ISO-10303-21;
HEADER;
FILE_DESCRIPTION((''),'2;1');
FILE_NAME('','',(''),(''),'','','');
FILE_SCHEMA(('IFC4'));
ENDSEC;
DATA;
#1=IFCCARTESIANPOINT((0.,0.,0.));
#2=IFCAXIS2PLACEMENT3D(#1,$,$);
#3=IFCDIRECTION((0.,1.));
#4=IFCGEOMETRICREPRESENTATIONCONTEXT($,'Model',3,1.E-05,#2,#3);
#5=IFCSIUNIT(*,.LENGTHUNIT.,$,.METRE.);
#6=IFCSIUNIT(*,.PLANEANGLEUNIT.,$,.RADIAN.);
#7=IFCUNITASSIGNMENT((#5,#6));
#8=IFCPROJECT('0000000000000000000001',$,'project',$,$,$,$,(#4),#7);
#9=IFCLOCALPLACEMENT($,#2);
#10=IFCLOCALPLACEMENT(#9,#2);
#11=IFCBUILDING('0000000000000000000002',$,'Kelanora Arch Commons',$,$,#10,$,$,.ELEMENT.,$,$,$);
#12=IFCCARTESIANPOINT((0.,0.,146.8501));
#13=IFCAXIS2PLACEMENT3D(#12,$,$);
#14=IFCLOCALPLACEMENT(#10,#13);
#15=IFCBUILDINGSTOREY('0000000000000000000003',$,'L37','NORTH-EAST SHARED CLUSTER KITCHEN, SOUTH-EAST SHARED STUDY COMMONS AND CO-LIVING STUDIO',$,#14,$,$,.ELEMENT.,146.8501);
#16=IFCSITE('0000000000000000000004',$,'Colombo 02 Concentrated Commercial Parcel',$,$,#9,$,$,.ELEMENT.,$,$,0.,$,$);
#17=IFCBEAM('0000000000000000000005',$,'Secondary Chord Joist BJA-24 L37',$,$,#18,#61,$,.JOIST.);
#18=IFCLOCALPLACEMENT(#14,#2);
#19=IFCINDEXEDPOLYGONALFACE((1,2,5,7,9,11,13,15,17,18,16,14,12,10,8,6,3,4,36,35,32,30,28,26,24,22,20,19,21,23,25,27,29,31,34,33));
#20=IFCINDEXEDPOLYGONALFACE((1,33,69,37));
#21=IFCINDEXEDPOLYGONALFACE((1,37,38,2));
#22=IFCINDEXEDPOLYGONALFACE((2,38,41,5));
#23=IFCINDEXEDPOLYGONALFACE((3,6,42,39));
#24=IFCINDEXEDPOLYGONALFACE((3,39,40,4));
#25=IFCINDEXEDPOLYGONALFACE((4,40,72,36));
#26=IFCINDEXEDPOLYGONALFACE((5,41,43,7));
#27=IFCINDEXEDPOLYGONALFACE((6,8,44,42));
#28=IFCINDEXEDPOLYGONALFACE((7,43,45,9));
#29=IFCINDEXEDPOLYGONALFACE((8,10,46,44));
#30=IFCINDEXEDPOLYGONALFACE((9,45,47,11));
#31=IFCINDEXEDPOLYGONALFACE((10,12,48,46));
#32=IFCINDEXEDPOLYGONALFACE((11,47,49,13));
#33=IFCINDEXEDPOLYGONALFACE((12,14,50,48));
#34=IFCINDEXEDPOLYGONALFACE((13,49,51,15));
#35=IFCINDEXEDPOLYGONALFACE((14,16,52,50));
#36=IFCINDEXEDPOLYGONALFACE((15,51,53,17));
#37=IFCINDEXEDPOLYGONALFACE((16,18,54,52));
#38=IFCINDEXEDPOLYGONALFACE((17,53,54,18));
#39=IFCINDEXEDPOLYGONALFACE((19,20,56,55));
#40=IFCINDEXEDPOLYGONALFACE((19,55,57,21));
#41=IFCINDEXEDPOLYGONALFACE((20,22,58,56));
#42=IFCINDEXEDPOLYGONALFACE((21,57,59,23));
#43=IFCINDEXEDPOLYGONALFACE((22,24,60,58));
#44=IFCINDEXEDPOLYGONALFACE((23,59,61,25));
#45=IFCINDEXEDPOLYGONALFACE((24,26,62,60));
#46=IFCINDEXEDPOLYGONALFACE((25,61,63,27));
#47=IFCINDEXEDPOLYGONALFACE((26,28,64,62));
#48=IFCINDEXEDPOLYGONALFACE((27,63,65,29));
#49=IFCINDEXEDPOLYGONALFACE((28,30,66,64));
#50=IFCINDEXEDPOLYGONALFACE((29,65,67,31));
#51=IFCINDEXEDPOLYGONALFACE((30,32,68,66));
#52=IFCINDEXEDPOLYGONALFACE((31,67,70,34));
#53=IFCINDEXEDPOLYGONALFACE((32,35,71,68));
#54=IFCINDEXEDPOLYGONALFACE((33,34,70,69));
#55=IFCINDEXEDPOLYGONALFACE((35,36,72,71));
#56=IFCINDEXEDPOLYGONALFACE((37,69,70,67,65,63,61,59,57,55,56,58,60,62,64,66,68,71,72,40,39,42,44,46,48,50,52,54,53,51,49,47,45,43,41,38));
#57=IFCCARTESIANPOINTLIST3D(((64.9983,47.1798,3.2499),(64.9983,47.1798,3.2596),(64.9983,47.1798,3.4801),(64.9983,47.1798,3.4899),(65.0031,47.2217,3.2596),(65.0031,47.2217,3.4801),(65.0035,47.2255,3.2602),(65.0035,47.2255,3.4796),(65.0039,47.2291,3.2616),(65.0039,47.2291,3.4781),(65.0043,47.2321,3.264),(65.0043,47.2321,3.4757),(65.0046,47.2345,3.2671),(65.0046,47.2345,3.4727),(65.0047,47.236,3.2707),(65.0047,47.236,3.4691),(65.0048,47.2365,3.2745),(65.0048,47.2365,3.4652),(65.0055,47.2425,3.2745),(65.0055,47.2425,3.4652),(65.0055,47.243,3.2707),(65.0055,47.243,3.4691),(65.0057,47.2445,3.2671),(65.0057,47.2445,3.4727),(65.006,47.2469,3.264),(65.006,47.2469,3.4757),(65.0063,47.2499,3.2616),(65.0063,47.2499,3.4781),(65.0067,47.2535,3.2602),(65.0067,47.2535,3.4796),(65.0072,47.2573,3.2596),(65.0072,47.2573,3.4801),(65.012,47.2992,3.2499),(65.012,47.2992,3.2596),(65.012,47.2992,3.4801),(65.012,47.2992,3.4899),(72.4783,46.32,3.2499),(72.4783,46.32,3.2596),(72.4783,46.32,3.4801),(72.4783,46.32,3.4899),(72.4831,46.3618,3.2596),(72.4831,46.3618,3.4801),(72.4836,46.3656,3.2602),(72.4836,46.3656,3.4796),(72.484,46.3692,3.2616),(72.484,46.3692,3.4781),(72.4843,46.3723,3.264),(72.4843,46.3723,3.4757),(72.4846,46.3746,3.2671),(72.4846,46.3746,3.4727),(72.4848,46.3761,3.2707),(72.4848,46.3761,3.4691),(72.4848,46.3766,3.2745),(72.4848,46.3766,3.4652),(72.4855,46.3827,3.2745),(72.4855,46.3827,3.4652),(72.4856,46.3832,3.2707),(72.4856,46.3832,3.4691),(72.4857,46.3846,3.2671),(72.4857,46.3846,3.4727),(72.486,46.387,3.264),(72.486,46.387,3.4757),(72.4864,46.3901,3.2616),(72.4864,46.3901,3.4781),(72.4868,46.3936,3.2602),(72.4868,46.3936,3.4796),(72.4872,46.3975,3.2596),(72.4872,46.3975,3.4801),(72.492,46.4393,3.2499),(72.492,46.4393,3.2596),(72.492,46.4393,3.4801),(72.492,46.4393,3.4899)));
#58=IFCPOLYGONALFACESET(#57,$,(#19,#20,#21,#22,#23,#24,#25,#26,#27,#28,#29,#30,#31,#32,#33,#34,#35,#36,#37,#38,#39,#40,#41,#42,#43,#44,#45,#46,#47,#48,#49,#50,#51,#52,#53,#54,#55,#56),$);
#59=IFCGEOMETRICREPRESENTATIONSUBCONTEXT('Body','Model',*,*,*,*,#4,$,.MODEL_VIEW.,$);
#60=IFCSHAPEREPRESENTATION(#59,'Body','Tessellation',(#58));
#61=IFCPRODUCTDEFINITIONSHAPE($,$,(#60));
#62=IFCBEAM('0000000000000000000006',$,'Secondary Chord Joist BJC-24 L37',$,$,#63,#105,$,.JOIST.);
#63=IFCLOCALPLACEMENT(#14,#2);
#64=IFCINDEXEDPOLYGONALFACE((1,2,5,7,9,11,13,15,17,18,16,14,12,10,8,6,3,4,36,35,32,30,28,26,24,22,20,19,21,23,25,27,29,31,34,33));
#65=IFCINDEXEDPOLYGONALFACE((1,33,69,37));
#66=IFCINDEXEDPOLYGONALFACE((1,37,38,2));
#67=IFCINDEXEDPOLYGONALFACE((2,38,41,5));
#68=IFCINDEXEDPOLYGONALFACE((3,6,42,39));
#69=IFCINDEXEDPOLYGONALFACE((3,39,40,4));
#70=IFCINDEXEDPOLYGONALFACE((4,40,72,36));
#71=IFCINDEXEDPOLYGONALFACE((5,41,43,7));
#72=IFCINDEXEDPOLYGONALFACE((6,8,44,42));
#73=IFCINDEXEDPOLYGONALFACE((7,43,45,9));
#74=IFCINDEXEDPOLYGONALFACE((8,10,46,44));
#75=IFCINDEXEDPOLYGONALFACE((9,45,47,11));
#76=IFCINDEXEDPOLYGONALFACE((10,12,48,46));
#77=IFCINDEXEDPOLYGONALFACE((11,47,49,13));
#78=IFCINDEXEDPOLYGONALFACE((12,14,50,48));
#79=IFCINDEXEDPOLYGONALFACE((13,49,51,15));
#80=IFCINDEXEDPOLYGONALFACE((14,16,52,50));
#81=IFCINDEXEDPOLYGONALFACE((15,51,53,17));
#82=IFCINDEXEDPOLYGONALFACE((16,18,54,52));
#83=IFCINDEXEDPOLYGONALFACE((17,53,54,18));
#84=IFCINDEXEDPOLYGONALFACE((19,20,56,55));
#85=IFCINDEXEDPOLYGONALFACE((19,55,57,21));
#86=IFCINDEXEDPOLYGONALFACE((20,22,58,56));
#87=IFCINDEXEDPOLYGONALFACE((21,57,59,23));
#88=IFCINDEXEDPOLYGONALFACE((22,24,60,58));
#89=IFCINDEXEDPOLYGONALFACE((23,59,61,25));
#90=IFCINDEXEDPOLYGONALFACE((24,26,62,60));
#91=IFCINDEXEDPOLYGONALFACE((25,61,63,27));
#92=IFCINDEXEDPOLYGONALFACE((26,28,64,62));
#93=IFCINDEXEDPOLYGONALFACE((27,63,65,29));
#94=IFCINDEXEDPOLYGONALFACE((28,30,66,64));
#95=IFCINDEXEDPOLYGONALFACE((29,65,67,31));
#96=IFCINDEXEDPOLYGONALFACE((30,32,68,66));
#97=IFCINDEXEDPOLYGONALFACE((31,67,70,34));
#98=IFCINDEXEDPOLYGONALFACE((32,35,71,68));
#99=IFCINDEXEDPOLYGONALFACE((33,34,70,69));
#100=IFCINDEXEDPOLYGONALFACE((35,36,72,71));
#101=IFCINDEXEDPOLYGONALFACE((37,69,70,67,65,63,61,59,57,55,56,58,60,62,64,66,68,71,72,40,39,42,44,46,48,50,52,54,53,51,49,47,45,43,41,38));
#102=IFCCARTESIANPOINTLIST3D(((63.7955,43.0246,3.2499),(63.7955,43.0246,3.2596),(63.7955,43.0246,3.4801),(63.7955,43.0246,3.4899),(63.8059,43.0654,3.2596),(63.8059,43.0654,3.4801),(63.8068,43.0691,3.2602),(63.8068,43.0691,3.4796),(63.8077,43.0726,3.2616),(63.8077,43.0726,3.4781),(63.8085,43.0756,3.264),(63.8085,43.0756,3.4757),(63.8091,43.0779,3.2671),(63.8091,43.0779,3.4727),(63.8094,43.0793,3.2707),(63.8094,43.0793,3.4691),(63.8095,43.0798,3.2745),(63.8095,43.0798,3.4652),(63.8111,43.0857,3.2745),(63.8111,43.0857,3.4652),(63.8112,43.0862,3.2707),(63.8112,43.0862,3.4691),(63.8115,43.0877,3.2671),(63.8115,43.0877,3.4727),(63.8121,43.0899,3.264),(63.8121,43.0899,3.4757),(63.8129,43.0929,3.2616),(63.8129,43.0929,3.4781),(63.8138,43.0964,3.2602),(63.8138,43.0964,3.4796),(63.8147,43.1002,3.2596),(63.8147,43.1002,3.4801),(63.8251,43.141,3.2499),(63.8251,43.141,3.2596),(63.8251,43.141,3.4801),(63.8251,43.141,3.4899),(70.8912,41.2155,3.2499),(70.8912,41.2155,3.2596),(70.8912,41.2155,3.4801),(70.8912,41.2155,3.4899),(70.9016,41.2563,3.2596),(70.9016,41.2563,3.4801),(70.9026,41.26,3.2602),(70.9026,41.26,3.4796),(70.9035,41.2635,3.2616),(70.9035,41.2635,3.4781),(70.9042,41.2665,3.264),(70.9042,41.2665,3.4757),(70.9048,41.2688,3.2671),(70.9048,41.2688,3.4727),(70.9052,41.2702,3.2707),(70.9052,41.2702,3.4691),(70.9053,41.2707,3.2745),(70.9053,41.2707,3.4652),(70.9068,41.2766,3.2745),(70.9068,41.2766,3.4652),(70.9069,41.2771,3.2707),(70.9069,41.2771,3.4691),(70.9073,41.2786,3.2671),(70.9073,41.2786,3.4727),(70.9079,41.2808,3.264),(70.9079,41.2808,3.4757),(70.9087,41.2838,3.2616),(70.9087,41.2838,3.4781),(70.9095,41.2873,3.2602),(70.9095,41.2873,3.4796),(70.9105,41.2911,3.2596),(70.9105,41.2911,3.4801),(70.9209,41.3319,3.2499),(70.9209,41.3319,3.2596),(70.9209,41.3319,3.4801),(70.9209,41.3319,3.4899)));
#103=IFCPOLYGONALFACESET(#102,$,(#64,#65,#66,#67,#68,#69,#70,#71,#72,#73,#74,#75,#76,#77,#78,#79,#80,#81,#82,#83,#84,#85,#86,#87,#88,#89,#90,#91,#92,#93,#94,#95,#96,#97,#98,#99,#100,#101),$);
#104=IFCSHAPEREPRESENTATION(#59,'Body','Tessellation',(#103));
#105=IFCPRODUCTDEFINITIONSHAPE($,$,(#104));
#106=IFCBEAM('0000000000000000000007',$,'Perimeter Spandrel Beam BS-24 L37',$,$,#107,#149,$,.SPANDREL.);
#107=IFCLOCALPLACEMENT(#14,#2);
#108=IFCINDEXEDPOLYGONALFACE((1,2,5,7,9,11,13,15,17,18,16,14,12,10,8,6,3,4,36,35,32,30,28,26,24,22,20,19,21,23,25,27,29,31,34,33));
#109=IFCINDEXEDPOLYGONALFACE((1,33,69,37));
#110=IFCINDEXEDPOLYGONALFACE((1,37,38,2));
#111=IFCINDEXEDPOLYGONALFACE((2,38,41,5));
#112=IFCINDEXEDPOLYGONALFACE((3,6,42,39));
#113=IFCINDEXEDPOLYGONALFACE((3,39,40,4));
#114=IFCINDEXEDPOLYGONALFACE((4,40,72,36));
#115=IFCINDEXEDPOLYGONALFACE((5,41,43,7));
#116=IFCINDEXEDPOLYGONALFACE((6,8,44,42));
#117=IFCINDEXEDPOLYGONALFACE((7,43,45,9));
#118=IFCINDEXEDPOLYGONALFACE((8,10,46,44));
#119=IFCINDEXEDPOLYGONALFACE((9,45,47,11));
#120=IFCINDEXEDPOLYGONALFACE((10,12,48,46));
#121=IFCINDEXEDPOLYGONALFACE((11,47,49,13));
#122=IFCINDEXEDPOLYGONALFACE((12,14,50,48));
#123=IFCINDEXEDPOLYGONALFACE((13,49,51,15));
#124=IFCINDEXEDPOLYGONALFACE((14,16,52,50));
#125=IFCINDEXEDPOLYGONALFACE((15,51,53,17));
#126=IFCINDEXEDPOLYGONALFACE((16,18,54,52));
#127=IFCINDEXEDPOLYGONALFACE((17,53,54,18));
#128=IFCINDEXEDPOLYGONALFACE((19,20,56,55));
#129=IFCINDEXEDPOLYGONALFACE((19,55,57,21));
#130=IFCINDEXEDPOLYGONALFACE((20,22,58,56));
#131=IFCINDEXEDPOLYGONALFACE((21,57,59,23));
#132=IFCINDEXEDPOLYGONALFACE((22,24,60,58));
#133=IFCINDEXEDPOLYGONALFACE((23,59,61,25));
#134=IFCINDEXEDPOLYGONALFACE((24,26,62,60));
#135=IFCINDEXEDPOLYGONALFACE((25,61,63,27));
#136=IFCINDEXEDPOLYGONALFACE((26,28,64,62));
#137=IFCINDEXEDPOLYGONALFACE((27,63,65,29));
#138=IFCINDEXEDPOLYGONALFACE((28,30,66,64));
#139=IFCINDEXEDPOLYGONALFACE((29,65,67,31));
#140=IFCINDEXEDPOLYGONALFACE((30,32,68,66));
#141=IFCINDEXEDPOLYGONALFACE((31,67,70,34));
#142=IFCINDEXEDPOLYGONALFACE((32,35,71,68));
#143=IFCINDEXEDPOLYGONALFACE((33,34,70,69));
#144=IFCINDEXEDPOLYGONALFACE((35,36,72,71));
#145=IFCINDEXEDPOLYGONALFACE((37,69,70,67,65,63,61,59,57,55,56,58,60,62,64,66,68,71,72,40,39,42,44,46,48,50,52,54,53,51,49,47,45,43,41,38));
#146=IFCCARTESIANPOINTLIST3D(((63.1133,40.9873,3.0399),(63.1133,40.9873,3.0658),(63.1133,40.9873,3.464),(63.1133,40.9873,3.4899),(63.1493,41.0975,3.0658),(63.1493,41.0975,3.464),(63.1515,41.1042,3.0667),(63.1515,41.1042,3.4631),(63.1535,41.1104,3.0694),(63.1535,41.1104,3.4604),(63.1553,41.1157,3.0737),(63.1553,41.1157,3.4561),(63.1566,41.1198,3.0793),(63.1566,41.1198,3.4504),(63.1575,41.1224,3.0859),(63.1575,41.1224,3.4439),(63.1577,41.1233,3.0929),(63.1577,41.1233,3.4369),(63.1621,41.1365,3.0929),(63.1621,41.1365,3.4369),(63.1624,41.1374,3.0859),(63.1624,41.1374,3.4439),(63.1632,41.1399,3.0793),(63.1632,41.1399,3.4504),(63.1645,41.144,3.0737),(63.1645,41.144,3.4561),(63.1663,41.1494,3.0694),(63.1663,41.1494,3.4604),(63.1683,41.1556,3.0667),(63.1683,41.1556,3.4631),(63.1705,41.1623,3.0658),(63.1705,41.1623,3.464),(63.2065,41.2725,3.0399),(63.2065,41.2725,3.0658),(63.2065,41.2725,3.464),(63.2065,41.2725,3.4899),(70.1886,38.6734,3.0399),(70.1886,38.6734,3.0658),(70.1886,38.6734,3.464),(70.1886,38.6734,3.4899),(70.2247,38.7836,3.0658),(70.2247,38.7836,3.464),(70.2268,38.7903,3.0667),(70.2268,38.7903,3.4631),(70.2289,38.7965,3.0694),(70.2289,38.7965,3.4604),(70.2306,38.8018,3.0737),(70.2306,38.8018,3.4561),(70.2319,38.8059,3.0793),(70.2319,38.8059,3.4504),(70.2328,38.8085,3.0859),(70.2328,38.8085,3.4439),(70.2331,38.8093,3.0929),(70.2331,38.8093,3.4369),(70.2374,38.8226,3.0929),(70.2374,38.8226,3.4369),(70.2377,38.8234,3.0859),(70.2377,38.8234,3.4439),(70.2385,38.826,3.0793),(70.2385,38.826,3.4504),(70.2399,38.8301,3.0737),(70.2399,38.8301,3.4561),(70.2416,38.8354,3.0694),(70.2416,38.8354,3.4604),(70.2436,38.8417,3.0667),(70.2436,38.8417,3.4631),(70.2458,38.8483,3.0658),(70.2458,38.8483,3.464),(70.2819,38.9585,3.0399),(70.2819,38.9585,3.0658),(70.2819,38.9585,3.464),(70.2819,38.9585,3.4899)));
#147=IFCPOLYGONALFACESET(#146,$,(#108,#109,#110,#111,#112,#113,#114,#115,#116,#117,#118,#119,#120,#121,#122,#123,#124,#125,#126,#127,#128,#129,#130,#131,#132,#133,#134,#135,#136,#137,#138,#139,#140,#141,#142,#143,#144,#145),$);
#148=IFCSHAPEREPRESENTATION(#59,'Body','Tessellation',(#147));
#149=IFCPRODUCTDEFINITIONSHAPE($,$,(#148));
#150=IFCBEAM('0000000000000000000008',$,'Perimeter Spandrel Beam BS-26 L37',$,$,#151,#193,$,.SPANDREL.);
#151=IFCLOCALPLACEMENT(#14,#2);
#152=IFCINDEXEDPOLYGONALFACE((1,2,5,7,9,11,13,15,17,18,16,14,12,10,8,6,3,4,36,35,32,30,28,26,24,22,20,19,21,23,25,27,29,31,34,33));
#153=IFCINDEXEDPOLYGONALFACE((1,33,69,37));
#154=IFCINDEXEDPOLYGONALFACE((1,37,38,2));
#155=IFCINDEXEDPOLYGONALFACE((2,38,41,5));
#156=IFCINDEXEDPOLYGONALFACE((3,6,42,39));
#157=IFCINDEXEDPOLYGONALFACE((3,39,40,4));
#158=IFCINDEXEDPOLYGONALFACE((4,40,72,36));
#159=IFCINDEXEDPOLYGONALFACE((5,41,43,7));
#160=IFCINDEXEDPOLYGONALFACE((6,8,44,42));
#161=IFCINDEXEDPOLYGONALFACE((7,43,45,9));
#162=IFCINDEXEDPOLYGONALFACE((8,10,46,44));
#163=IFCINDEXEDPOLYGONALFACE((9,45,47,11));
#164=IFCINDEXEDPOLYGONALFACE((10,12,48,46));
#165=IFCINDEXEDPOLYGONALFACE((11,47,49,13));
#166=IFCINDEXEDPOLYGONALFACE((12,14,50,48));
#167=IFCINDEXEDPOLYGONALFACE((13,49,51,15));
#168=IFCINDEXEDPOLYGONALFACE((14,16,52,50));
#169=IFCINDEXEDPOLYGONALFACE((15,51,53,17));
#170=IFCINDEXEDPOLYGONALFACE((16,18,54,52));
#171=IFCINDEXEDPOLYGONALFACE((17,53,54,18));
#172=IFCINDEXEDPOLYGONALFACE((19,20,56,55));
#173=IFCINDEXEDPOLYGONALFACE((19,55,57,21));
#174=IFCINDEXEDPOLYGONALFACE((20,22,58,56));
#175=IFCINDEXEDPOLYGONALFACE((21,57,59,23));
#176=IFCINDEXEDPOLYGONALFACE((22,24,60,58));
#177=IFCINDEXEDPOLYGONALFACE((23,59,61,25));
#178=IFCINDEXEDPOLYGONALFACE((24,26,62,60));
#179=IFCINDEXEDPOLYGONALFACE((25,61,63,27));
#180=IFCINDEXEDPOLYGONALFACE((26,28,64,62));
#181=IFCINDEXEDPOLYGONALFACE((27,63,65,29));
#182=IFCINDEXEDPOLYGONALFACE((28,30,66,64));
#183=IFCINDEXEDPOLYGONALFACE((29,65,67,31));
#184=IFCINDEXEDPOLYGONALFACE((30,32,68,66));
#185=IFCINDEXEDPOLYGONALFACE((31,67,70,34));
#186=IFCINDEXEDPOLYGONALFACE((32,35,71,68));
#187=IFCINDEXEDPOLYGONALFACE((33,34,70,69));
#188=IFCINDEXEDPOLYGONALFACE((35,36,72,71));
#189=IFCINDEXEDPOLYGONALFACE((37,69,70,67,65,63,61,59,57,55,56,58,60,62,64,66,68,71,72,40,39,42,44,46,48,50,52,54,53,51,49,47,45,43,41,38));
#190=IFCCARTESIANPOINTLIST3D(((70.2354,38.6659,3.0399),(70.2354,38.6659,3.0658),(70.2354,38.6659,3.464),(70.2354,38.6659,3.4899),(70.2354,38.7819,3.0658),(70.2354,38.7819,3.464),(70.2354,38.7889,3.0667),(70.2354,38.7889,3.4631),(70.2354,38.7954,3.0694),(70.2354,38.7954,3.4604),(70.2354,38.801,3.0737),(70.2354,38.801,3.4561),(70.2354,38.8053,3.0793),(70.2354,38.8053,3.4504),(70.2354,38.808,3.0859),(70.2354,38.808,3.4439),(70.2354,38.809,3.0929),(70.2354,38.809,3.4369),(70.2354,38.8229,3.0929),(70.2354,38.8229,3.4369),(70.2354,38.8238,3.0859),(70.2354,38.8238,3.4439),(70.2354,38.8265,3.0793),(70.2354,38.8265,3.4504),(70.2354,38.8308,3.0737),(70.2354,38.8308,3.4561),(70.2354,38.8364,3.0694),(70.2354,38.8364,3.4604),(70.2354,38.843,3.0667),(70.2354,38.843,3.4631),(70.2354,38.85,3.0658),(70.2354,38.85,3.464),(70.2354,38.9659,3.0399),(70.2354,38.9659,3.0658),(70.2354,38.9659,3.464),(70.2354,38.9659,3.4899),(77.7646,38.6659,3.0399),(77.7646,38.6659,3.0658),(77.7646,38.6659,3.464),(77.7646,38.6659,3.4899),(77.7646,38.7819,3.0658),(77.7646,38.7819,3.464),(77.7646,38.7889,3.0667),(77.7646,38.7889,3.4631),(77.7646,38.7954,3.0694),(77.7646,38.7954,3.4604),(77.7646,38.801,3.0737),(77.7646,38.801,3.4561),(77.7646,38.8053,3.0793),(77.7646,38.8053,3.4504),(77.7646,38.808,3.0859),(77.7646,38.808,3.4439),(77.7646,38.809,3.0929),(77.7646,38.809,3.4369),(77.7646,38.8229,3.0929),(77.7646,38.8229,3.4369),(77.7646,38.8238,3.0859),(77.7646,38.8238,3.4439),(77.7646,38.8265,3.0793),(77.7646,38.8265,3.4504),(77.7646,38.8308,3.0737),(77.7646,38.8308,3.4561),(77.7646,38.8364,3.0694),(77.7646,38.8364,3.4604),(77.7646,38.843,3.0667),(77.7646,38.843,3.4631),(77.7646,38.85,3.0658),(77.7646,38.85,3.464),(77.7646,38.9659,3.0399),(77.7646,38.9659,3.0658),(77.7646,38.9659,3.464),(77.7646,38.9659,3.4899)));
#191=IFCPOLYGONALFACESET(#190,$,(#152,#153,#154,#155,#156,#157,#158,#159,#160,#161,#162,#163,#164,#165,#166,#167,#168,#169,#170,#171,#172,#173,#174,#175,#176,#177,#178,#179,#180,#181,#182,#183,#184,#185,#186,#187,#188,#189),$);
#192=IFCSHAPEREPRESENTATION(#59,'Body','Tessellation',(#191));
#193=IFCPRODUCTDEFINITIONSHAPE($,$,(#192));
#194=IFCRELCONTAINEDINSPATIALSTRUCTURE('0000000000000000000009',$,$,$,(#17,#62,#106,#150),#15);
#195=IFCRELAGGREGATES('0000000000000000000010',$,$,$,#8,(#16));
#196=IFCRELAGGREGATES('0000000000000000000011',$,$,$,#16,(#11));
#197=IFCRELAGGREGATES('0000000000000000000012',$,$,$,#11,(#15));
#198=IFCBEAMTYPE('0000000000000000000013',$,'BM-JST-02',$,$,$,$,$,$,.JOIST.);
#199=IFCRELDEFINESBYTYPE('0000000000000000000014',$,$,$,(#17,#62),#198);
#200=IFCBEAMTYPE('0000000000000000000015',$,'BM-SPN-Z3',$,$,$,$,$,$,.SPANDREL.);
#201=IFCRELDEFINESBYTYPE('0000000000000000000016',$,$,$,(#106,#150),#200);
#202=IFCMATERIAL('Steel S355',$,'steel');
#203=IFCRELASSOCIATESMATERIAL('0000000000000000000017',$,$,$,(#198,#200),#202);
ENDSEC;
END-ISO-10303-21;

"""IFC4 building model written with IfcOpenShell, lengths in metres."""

from ifc_helpers import new_model, si_unit, direction, frame, origin, origin_2d, place, context, subcontext, project, spatial, i_section, extrude, material, material_profile, profile_set, type_object, element, save


model = new_model("IFC4")

# Units and contexts
model_context = context("Model", 3, precision=1e-05, world=origin(), true_north=direction((0.0, 1.0)))
body_context = subcontext(model_context, "Body", "Model", "MODEL_VIEW")
ifc_project = project(units=[si_unit("LENGTHUNIT", "METRE"), si_unit("PLANEANGLEUNIT", "RADIAN")], contexts=[model_context])

# Site, building, storey
site_placement = place(None, origin())
site = spatial("IfcSite", under=ifc_project, at=site_placement, Name="Colombo 02 Concentrated Commercial Parcel", CompositionType="ELEMENT", RefElevation=0.0)
building_placement = place(site_placement, origin())
building = spatial("IfcBuilding", under=site, at=building_placement, Name="Kelanora Arch Commons", CompositionType="ELEMENT")
storey_placement = place(building_placement, frame((0.0, 0.0, 146.8501)))
storey = spatial("IfcBuildingStorey", under=building, at=storey_placement, Name="L37", Description="NORTH-EAST SHARED CLUSTER KITCHEN, SOUTH-EAST SHARED STUDY COMMONS AND CO-LIVING STUDIO", CompositionType="ELEMENT", Elevation=146.8501)

# Beams
ifc_material_1 = material(Name="Steel S355", Category="steel")
ifc_material_profile_1 = material_profile(ifc_material_1, i_section(OverallWidth=0.1201, OverallDepth=0.24, WebThickness=0.0061, FlangeThickness=0.0098, FilletRadius=0.0149, at=origin_2d()), Name="IPE240")
ifc_profile_set_1 = profile_set([ifc_material_profile_1], Name="Steel S355")
beam_type_1 = type_object("IfcBeamType", Name="BM-JST-02", PredefinedType="JOIST", material=ifc_profile_set_1)
beam_1_placement = place(storey_placement, frame((65.0051, 47.2395, 3.3699), z_axis=(0.993457, -0.114203, 0.0), x_axis=(0.114203, 0.993457, 0.0)))
element("IfcBeam", 1, at=beam_1_placement, inside=storey, type_object=beam_type_1, Name="Secondary Chord Joist BJA-24 L37", PredefinedType="JOIST", context=body_context, shape_type="SweptSolid", body=[
    extrude(i_section(OverallWidth=0.1201, OverallDepth=0.24, WebThickness=0.0061, FlangeThickness=0.0098, FilletRadius=0.0149, at=origin_2d()), origin(), (0.0, 0.0, 1.0), 7.5293),
])
beam_2_placement = place(storey_placement, frame((63.8103, 43.0828, 3.3699), z_axis=(0.969002, -0.247052, 0.0), x_axis=(0.247052, 0.969002, 0.0)))
element("IfcBeam", 2, at=beam_2_placement, inside=storey, type_object=beam_type_1, Name="Secondary Chord Joist BJC-24 L37", PredefinedType="JOIST", context=body_context, shape_type="SweptSolid", body=[
    extrude(i_section(OverallWidth=0.1201, OverallDepth=0.24, WebThickness=0.0061, FlangeThickness=0.0098, FilletRadius=0.0149, at=origin_2d()), origin(), (0.0, 0.0, 1.0), 7.3228),
])
ifc_material_profile_2 = material_profile(ifc_material_1, i_section(OverallWidth=0.3, OverallDepth=0.45, WebThickness=0.0139, FlangeThickness=0.0259, FilletRadius=0.0271, at=origin_2d()), Name="HEB450")
ifc_profile_set_2 = profile_set([ifc_material_profile_2], Name="Steel S355")
beam_type_2 = type_object("IfcBeamType", Name="BM-SPN-Z3", PredefinedType="SPANDREL", material=ifc_profile_set_2)
beam_3_placement = place(storey_placement, frame((63.1599, 41.1299, 3.2649), z_axis=(0.950462, -0.310841, 0.0), x_axis=(0.310841, 0.950462, 0.0)))
element("IfcBeam", 3, at=beam_3_placement, inside=storey, type_object=beam_type_2, Name="Perimeter Spandrel Beam BS-24 L37", PredefinedType="SPANDREL", context=body_context, shape_type="SweptSolid", body=[
    extrude(i_section(OverallWidth=0.3, OverallDepth=0.45, WebThickness=0.0139, FlangeThickness=0.0259, FilletRadius=0.0271, at=origin_2d()), origin(), (0.0, 0.0, 1.0), 7.4441),
])
beam_4_placement = place(storey_placement, frame((70.2354, 38.8159, 3.2649), z_axis=(1.0, 0.0, 0.0), x_axis=(0.0, 1.0, 0.0)))
element("IfcBeam", 4, at=beam_4_placement, inside=storey, type_object=beam_type_2, Name="Perimeter Spandrel Beam BS-26 L37", PredefinedType="SPANDREL", context=body_context, shape_type="SweptSolid", body=[
    extrude(i_section(OverallWidth=0.3, OverallDepth=0.45, WebThickness=0.0139, FlangeThickness=0.0259, FilletRadius=0.0271, at=origin_2d()), origin(), (0.0, 0.0, 1.0), 7.5293),
])

save(model, "model.ifc")
